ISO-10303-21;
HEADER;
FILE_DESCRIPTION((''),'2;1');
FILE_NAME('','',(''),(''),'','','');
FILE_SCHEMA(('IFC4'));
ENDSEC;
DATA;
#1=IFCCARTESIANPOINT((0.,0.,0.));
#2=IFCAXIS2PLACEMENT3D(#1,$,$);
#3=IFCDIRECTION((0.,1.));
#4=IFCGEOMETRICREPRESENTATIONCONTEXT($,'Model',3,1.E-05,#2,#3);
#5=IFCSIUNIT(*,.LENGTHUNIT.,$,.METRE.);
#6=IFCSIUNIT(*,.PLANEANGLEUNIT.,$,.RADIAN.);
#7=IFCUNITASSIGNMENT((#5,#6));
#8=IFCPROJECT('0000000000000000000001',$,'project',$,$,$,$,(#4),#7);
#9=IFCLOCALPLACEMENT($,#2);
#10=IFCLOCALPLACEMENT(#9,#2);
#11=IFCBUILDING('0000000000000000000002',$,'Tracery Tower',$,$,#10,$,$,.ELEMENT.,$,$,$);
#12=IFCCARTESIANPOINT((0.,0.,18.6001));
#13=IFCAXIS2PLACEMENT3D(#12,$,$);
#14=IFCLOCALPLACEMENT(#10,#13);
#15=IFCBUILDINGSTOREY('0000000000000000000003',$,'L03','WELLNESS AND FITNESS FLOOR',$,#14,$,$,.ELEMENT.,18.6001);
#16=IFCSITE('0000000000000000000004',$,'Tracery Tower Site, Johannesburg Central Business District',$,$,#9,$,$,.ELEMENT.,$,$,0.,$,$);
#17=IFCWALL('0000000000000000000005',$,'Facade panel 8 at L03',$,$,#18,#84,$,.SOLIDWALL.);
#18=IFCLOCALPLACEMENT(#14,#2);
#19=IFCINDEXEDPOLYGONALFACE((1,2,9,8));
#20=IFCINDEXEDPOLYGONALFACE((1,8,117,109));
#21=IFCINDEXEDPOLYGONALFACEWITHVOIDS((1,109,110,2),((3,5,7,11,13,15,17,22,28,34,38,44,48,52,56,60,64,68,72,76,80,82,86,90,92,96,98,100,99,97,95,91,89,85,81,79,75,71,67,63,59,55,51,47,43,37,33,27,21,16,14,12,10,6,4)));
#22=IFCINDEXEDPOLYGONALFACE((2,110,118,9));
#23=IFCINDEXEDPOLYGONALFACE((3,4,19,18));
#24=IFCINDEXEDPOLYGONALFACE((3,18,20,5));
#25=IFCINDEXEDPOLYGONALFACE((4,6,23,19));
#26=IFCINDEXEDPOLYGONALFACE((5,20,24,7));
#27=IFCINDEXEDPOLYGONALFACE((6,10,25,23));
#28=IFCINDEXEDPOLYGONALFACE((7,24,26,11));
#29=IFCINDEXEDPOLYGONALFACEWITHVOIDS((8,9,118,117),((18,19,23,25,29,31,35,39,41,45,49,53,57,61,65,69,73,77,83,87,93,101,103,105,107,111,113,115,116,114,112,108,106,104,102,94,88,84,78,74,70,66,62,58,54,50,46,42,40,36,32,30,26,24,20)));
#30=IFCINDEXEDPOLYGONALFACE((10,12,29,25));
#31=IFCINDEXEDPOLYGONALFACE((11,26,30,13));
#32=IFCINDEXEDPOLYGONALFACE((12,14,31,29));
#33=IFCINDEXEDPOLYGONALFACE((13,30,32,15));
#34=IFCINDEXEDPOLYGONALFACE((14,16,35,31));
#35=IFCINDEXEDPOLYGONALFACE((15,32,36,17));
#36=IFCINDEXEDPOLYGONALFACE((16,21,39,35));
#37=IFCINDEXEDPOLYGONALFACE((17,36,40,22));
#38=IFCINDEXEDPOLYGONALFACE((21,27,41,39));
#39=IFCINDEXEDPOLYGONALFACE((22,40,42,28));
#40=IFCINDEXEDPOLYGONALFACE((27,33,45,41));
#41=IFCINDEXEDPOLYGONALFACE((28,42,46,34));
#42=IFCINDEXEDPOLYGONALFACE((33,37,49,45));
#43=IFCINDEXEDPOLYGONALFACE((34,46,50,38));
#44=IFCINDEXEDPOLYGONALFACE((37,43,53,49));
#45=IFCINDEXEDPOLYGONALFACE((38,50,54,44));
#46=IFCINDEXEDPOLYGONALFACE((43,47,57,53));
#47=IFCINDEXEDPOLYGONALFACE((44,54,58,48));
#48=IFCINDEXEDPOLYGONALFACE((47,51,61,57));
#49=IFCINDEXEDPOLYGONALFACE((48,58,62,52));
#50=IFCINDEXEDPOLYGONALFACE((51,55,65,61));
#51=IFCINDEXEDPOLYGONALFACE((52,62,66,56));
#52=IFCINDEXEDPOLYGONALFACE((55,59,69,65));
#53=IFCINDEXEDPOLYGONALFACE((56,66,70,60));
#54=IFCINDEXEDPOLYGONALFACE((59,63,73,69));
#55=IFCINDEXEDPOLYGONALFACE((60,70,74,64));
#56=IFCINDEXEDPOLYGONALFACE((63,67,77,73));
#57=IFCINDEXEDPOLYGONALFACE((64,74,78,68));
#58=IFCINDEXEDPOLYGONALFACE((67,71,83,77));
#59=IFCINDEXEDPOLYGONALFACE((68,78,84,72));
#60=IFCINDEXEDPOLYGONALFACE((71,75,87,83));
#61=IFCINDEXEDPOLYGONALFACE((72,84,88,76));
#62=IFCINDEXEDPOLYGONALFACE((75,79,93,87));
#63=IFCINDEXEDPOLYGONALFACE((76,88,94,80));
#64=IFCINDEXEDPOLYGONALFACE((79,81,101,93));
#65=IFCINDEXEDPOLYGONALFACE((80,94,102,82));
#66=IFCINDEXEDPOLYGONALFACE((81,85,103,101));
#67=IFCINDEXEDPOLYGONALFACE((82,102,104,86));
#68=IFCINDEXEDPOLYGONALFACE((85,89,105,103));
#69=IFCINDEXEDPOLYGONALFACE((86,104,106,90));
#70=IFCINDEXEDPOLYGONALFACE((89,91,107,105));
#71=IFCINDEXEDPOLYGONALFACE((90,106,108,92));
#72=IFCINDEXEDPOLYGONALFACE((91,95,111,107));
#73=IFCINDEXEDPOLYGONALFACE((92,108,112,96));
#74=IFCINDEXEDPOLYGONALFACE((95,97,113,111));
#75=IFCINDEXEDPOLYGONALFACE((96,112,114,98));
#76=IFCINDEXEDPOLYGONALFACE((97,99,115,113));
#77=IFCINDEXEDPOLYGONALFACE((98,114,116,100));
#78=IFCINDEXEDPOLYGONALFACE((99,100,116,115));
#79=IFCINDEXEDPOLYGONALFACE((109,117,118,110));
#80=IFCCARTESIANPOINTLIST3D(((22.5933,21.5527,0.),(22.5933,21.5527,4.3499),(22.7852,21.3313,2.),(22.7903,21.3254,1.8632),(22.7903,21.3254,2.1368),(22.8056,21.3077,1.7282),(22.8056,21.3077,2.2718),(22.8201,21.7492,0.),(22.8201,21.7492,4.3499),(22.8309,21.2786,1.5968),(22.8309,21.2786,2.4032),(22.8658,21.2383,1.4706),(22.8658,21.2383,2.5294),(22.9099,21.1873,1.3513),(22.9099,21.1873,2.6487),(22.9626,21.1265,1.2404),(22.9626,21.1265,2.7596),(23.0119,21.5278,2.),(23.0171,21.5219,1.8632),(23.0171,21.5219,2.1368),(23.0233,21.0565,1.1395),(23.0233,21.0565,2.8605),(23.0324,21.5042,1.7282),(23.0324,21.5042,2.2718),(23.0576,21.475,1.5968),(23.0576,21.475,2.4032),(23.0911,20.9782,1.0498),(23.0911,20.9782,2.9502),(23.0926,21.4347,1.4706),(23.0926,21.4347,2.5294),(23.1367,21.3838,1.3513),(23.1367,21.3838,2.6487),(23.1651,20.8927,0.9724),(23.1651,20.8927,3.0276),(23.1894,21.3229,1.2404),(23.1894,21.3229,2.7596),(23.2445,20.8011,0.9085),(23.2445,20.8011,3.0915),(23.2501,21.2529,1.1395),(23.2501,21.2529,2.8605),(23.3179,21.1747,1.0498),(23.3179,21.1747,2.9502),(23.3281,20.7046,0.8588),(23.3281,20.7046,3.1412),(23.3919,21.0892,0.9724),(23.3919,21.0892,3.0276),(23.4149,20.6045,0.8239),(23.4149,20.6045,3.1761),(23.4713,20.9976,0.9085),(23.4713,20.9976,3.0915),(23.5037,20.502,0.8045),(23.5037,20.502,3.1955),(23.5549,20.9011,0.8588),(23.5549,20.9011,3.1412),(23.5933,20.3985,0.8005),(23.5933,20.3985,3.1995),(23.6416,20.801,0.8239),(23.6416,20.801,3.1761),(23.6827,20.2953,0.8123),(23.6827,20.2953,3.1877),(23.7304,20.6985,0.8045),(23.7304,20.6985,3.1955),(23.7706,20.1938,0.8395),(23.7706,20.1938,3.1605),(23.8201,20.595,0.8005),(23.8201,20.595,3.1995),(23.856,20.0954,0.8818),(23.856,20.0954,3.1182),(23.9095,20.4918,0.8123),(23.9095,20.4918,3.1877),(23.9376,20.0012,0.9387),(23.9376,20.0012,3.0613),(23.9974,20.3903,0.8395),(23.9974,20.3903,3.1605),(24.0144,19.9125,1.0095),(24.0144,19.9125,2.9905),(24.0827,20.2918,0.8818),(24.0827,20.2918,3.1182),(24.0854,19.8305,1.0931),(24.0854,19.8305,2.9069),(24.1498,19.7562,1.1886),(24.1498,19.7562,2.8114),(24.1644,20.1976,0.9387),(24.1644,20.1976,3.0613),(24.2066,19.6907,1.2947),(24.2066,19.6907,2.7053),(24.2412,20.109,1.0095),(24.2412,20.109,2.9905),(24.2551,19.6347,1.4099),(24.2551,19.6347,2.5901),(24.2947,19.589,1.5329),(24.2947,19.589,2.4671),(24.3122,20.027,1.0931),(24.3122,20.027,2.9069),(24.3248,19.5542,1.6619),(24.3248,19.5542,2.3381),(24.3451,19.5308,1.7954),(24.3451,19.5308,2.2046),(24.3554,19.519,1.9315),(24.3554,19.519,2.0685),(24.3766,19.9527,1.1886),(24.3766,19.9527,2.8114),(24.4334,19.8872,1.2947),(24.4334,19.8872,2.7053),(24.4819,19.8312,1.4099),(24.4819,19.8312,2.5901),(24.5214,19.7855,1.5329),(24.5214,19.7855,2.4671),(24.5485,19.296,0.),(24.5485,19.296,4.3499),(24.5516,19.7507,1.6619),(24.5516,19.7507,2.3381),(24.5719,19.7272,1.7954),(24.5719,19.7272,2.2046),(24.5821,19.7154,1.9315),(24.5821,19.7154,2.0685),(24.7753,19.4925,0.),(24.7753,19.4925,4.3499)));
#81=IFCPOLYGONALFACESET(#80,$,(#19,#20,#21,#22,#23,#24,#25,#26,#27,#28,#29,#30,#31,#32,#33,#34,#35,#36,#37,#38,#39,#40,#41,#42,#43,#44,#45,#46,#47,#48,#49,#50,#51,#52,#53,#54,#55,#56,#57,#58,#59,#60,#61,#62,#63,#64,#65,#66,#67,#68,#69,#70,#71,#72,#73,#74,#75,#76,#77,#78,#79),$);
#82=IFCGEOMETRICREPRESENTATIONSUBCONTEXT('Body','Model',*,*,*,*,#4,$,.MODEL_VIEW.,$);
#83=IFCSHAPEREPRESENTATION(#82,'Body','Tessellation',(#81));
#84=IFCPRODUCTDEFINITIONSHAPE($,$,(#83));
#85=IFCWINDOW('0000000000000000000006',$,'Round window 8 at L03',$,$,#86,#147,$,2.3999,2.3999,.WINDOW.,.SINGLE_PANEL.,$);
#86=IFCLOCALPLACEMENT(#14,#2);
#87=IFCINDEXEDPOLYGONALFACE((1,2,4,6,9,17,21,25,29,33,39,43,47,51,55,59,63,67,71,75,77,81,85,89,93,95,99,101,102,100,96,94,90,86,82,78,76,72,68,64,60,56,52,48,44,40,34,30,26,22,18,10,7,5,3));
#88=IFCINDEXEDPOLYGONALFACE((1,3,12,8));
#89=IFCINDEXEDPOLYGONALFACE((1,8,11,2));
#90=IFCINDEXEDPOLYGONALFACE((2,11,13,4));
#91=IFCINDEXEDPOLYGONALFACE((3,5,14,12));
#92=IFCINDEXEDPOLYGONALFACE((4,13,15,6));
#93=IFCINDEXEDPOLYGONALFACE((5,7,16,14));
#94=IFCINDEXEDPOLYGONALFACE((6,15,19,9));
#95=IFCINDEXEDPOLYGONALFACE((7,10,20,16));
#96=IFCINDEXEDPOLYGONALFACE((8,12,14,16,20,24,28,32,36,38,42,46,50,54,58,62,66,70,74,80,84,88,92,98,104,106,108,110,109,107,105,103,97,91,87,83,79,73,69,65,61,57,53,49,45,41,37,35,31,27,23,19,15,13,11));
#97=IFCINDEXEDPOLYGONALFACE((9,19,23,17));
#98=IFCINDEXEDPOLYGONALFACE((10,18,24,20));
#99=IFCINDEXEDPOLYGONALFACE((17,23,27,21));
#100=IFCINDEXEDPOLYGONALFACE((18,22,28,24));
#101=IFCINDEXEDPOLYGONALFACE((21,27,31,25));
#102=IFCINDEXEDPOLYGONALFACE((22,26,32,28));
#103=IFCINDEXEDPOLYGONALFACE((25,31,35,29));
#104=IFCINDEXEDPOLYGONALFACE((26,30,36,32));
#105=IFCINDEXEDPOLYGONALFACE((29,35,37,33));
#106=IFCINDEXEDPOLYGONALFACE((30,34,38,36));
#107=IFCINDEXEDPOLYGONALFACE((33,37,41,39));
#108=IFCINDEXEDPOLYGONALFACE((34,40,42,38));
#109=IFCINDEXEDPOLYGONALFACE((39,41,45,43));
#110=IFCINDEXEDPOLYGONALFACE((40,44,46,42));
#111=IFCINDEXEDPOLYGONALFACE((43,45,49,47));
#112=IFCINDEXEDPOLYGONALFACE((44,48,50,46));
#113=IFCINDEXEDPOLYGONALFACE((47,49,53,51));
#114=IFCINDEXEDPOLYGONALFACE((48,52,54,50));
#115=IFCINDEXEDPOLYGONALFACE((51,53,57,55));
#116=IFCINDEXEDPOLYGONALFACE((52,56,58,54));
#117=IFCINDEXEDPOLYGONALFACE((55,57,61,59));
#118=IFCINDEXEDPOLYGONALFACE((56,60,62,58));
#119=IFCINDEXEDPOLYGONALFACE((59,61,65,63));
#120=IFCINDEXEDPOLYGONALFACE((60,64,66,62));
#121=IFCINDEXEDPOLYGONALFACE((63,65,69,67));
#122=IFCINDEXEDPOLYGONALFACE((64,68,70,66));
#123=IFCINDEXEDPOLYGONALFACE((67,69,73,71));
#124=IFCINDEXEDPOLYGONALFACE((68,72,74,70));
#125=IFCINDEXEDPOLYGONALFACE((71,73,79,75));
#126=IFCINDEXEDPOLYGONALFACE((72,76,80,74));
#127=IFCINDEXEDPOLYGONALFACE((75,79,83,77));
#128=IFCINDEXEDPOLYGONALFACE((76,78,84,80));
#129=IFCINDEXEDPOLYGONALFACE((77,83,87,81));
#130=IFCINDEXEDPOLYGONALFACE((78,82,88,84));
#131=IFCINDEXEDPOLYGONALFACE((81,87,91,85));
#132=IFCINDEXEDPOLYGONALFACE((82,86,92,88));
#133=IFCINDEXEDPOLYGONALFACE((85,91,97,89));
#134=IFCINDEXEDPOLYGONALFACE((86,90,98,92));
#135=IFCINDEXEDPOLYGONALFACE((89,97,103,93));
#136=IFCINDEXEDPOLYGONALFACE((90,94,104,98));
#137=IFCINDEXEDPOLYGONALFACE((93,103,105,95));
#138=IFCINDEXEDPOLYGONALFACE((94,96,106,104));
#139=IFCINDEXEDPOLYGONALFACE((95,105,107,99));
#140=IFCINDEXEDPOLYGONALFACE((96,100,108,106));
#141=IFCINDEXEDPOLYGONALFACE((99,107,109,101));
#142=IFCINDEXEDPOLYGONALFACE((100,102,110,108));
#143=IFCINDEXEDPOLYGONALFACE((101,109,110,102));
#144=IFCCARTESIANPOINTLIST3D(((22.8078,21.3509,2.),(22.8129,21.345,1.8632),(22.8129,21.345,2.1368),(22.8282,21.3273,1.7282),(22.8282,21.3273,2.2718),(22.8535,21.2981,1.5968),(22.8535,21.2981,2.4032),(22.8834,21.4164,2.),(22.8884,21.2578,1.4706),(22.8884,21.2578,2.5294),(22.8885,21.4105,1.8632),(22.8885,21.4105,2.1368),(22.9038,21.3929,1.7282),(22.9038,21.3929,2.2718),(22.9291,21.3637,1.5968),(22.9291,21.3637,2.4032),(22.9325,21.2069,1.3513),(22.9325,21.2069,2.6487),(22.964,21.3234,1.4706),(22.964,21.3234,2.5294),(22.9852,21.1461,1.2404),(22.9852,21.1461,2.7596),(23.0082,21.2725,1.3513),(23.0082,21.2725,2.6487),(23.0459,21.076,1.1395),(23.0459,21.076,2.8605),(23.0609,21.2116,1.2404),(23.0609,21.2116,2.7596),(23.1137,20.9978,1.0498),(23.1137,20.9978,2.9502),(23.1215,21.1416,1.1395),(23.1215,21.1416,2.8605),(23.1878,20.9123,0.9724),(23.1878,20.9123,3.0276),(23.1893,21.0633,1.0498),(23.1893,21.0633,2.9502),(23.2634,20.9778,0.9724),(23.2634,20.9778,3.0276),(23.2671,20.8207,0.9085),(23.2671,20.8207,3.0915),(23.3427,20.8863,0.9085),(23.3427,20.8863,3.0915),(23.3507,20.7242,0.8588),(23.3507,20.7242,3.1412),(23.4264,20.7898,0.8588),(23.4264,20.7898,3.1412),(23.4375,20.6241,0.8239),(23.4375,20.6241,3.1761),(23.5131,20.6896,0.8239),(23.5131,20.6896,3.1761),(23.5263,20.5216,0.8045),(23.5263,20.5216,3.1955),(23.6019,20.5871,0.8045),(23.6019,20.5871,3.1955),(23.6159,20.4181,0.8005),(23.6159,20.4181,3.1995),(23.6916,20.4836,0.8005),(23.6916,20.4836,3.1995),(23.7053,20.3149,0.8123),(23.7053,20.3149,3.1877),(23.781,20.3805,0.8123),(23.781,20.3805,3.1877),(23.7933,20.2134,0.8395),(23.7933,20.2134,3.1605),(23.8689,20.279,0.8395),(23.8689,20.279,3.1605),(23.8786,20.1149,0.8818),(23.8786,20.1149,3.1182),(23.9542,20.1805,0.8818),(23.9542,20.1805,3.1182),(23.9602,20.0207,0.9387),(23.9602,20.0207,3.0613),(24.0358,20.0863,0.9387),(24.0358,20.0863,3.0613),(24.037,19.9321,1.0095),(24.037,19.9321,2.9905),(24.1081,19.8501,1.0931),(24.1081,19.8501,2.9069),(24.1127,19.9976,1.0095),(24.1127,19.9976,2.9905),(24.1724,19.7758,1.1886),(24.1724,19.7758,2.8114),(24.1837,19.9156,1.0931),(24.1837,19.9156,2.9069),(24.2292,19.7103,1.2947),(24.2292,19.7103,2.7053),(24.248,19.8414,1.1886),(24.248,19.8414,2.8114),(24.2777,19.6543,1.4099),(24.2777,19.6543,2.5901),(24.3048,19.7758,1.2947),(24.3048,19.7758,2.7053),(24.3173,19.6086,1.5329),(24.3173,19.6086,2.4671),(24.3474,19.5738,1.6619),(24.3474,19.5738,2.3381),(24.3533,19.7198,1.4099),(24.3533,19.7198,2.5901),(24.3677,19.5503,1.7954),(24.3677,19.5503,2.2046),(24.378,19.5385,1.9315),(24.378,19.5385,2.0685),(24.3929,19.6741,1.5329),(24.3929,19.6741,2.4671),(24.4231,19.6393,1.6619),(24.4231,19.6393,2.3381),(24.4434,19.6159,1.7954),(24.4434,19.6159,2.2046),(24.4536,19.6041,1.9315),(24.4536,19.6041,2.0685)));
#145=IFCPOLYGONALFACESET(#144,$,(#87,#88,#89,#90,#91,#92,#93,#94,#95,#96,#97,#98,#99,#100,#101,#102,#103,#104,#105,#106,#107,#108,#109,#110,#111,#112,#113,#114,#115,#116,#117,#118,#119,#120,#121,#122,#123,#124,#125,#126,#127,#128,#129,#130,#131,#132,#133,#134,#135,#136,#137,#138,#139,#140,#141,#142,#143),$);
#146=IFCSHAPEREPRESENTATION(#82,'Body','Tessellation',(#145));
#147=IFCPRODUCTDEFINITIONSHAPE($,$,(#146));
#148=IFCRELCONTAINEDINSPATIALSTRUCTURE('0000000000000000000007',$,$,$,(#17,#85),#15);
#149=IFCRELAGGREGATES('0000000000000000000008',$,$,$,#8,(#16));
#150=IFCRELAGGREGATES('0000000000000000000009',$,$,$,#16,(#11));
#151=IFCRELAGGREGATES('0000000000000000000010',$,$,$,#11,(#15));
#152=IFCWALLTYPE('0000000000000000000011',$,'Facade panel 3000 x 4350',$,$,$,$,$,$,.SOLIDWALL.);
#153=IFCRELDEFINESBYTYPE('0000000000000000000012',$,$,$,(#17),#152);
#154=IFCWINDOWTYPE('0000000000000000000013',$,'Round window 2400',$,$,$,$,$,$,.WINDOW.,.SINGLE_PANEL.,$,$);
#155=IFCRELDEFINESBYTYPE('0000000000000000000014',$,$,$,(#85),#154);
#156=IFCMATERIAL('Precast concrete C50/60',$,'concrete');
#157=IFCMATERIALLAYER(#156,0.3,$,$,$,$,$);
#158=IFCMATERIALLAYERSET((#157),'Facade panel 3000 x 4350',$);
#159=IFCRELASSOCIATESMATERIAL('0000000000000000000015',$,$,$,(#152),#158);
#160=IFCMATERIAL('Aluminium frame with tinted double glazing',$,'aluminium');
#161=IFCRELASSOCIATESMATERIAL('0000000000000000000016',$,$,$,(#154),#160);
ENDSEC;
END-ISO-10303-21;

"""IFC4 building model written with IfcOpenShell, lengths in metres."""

from ifc_helpers import new_model, si_unit, direction, frame, frame_2d, origin, origin_2d, place, context, subcontext, project, spatial, rectangle, circle, extrude, material, layer, layer_set, type_object, element, fill, save


model = new_model("IFC4")

# Units and contexts
model_context = context("Model", 3, precision=1e-05, world=origin(), true_north=direction((0.0, 1.0)))
body_context = subcontext(model_context, "Body", "Model", "MODEL_VIEW")
ifc_project = project(units=[si_unit("LENGTHUNIT", "METRE"), si_unit("PLANEANGLEUNIT", "RADIAN")], contexts=[model_context])

# Site, building, storey
site_placement = place(None, origin())
site = spatial("IfcSite", under=ifc_project, at=site_placement, Name="Tracery Tower Site, Johannesburg Central Business District", CompositionType="ELEMENT", RefElevation=0.0)
building_placement = place(site_placement, origin())
building = spatial("IfcBuilding", under=site, at=building_placement, Name="Tracery Tower", CompositionType="ELEMENT")
storey_placement = place(building_placement, frame((0.0, 0.0, 18.6001)))
storey = spatial("IfcBuildingStorey", under=building, at=storey_placement, Name="L03", Description="WELLNESS AND FITNESS FLOOR", CompositionType="ELEMENT", Elevation=18.6001)

# Wall, opening, window
ifc_material_1 = material(Name="Precast concrete C50/60", Category="concrete")
ifc_layer_1 = layer(ifc_material_1, 0.3)
ifc_layer_set_1 = layer_set([ifc_layer_1], Name="Facade panel 3000 x 4350")
wall_type_1 = type_object("IfcWallType", Name="Facade panel 3000 x 4350", PredefinedType="SOLIDWALL", material=ifc_layer_set_1)
ifc_material_2 = material(Name="Aluminium frame with tinted double glazing", Category="aluminium")
window_type = type_object("IfcWindowType", Name="Round window 2400", PartitioningType="SINGLE_PANEL", PredefinedType="WINDOW", material=ifc_material_2)
wall_1_placement = place(storey_placement, frame((24.6619, 19.3943, 0.0), z_axis=(0.0, 0.0, 1.0), x_axis=(-0.654809, 0.755794, 0.0)))
wall_1 = element("IfcWall", 1, at=wall_1_placement, inside=storey, type_object=wall_type_1, Name="Facade panel 8 at L03", PredefinedType="SOLIDWALL", context=body_context, shape_type="SweptSolid", body=[
    extrude(rectangle(XDim=2.9858, YDim=0.3, at=frame_2d((1.4929, 0.0))), origin(), (0.0, 0.0, 1.0), 4.3499),
])
opening_1_placement = place(wall_1_placement, frame((1.4929, 0.0, 2.0)))
opening_1 = element("IfcOpeningElement", 2, at=opening_1_placement, cuts=wall_1, PredefinedType="OPENING", context=body_context, shape_type="SweptSolid", body=[
    extrude(circle(Radius=1.2, at=origin_2d()), frame((0.0, 0.1599, 0.0), z_axis=(0.0, -1.0, 0.0), x_axis=(1.0, 0.0, 0.0)), (0.0, 0.0, 1.0), 0.3201),
])
window_1_placement = place(opening_1_placement, origin())
window_1 = element("IfcWindow", 3, at=window_1_placement, inside=storey, type_object=window_type, Name="Round window 8 at L03", OverallHeight=2.3999, OverallWidth=2.3999, PartitioningType="SINGLE_PANEL", PredefinedType="WINDOW", context=body_context, shape_type="SweptSolid", body=[
    extrude(circle(Radius=1.2, at=origin_2d()), frame((0.0, 0.1201, 0.0), z_axis=(0.0, -1.0, 0.0), x_axis=(1.0, 0.0, 0.0)), (0.0, 0.0, 1.0), 0.1001),
])
fill(opening_1, window_1)

save(model, "model.ifc")
